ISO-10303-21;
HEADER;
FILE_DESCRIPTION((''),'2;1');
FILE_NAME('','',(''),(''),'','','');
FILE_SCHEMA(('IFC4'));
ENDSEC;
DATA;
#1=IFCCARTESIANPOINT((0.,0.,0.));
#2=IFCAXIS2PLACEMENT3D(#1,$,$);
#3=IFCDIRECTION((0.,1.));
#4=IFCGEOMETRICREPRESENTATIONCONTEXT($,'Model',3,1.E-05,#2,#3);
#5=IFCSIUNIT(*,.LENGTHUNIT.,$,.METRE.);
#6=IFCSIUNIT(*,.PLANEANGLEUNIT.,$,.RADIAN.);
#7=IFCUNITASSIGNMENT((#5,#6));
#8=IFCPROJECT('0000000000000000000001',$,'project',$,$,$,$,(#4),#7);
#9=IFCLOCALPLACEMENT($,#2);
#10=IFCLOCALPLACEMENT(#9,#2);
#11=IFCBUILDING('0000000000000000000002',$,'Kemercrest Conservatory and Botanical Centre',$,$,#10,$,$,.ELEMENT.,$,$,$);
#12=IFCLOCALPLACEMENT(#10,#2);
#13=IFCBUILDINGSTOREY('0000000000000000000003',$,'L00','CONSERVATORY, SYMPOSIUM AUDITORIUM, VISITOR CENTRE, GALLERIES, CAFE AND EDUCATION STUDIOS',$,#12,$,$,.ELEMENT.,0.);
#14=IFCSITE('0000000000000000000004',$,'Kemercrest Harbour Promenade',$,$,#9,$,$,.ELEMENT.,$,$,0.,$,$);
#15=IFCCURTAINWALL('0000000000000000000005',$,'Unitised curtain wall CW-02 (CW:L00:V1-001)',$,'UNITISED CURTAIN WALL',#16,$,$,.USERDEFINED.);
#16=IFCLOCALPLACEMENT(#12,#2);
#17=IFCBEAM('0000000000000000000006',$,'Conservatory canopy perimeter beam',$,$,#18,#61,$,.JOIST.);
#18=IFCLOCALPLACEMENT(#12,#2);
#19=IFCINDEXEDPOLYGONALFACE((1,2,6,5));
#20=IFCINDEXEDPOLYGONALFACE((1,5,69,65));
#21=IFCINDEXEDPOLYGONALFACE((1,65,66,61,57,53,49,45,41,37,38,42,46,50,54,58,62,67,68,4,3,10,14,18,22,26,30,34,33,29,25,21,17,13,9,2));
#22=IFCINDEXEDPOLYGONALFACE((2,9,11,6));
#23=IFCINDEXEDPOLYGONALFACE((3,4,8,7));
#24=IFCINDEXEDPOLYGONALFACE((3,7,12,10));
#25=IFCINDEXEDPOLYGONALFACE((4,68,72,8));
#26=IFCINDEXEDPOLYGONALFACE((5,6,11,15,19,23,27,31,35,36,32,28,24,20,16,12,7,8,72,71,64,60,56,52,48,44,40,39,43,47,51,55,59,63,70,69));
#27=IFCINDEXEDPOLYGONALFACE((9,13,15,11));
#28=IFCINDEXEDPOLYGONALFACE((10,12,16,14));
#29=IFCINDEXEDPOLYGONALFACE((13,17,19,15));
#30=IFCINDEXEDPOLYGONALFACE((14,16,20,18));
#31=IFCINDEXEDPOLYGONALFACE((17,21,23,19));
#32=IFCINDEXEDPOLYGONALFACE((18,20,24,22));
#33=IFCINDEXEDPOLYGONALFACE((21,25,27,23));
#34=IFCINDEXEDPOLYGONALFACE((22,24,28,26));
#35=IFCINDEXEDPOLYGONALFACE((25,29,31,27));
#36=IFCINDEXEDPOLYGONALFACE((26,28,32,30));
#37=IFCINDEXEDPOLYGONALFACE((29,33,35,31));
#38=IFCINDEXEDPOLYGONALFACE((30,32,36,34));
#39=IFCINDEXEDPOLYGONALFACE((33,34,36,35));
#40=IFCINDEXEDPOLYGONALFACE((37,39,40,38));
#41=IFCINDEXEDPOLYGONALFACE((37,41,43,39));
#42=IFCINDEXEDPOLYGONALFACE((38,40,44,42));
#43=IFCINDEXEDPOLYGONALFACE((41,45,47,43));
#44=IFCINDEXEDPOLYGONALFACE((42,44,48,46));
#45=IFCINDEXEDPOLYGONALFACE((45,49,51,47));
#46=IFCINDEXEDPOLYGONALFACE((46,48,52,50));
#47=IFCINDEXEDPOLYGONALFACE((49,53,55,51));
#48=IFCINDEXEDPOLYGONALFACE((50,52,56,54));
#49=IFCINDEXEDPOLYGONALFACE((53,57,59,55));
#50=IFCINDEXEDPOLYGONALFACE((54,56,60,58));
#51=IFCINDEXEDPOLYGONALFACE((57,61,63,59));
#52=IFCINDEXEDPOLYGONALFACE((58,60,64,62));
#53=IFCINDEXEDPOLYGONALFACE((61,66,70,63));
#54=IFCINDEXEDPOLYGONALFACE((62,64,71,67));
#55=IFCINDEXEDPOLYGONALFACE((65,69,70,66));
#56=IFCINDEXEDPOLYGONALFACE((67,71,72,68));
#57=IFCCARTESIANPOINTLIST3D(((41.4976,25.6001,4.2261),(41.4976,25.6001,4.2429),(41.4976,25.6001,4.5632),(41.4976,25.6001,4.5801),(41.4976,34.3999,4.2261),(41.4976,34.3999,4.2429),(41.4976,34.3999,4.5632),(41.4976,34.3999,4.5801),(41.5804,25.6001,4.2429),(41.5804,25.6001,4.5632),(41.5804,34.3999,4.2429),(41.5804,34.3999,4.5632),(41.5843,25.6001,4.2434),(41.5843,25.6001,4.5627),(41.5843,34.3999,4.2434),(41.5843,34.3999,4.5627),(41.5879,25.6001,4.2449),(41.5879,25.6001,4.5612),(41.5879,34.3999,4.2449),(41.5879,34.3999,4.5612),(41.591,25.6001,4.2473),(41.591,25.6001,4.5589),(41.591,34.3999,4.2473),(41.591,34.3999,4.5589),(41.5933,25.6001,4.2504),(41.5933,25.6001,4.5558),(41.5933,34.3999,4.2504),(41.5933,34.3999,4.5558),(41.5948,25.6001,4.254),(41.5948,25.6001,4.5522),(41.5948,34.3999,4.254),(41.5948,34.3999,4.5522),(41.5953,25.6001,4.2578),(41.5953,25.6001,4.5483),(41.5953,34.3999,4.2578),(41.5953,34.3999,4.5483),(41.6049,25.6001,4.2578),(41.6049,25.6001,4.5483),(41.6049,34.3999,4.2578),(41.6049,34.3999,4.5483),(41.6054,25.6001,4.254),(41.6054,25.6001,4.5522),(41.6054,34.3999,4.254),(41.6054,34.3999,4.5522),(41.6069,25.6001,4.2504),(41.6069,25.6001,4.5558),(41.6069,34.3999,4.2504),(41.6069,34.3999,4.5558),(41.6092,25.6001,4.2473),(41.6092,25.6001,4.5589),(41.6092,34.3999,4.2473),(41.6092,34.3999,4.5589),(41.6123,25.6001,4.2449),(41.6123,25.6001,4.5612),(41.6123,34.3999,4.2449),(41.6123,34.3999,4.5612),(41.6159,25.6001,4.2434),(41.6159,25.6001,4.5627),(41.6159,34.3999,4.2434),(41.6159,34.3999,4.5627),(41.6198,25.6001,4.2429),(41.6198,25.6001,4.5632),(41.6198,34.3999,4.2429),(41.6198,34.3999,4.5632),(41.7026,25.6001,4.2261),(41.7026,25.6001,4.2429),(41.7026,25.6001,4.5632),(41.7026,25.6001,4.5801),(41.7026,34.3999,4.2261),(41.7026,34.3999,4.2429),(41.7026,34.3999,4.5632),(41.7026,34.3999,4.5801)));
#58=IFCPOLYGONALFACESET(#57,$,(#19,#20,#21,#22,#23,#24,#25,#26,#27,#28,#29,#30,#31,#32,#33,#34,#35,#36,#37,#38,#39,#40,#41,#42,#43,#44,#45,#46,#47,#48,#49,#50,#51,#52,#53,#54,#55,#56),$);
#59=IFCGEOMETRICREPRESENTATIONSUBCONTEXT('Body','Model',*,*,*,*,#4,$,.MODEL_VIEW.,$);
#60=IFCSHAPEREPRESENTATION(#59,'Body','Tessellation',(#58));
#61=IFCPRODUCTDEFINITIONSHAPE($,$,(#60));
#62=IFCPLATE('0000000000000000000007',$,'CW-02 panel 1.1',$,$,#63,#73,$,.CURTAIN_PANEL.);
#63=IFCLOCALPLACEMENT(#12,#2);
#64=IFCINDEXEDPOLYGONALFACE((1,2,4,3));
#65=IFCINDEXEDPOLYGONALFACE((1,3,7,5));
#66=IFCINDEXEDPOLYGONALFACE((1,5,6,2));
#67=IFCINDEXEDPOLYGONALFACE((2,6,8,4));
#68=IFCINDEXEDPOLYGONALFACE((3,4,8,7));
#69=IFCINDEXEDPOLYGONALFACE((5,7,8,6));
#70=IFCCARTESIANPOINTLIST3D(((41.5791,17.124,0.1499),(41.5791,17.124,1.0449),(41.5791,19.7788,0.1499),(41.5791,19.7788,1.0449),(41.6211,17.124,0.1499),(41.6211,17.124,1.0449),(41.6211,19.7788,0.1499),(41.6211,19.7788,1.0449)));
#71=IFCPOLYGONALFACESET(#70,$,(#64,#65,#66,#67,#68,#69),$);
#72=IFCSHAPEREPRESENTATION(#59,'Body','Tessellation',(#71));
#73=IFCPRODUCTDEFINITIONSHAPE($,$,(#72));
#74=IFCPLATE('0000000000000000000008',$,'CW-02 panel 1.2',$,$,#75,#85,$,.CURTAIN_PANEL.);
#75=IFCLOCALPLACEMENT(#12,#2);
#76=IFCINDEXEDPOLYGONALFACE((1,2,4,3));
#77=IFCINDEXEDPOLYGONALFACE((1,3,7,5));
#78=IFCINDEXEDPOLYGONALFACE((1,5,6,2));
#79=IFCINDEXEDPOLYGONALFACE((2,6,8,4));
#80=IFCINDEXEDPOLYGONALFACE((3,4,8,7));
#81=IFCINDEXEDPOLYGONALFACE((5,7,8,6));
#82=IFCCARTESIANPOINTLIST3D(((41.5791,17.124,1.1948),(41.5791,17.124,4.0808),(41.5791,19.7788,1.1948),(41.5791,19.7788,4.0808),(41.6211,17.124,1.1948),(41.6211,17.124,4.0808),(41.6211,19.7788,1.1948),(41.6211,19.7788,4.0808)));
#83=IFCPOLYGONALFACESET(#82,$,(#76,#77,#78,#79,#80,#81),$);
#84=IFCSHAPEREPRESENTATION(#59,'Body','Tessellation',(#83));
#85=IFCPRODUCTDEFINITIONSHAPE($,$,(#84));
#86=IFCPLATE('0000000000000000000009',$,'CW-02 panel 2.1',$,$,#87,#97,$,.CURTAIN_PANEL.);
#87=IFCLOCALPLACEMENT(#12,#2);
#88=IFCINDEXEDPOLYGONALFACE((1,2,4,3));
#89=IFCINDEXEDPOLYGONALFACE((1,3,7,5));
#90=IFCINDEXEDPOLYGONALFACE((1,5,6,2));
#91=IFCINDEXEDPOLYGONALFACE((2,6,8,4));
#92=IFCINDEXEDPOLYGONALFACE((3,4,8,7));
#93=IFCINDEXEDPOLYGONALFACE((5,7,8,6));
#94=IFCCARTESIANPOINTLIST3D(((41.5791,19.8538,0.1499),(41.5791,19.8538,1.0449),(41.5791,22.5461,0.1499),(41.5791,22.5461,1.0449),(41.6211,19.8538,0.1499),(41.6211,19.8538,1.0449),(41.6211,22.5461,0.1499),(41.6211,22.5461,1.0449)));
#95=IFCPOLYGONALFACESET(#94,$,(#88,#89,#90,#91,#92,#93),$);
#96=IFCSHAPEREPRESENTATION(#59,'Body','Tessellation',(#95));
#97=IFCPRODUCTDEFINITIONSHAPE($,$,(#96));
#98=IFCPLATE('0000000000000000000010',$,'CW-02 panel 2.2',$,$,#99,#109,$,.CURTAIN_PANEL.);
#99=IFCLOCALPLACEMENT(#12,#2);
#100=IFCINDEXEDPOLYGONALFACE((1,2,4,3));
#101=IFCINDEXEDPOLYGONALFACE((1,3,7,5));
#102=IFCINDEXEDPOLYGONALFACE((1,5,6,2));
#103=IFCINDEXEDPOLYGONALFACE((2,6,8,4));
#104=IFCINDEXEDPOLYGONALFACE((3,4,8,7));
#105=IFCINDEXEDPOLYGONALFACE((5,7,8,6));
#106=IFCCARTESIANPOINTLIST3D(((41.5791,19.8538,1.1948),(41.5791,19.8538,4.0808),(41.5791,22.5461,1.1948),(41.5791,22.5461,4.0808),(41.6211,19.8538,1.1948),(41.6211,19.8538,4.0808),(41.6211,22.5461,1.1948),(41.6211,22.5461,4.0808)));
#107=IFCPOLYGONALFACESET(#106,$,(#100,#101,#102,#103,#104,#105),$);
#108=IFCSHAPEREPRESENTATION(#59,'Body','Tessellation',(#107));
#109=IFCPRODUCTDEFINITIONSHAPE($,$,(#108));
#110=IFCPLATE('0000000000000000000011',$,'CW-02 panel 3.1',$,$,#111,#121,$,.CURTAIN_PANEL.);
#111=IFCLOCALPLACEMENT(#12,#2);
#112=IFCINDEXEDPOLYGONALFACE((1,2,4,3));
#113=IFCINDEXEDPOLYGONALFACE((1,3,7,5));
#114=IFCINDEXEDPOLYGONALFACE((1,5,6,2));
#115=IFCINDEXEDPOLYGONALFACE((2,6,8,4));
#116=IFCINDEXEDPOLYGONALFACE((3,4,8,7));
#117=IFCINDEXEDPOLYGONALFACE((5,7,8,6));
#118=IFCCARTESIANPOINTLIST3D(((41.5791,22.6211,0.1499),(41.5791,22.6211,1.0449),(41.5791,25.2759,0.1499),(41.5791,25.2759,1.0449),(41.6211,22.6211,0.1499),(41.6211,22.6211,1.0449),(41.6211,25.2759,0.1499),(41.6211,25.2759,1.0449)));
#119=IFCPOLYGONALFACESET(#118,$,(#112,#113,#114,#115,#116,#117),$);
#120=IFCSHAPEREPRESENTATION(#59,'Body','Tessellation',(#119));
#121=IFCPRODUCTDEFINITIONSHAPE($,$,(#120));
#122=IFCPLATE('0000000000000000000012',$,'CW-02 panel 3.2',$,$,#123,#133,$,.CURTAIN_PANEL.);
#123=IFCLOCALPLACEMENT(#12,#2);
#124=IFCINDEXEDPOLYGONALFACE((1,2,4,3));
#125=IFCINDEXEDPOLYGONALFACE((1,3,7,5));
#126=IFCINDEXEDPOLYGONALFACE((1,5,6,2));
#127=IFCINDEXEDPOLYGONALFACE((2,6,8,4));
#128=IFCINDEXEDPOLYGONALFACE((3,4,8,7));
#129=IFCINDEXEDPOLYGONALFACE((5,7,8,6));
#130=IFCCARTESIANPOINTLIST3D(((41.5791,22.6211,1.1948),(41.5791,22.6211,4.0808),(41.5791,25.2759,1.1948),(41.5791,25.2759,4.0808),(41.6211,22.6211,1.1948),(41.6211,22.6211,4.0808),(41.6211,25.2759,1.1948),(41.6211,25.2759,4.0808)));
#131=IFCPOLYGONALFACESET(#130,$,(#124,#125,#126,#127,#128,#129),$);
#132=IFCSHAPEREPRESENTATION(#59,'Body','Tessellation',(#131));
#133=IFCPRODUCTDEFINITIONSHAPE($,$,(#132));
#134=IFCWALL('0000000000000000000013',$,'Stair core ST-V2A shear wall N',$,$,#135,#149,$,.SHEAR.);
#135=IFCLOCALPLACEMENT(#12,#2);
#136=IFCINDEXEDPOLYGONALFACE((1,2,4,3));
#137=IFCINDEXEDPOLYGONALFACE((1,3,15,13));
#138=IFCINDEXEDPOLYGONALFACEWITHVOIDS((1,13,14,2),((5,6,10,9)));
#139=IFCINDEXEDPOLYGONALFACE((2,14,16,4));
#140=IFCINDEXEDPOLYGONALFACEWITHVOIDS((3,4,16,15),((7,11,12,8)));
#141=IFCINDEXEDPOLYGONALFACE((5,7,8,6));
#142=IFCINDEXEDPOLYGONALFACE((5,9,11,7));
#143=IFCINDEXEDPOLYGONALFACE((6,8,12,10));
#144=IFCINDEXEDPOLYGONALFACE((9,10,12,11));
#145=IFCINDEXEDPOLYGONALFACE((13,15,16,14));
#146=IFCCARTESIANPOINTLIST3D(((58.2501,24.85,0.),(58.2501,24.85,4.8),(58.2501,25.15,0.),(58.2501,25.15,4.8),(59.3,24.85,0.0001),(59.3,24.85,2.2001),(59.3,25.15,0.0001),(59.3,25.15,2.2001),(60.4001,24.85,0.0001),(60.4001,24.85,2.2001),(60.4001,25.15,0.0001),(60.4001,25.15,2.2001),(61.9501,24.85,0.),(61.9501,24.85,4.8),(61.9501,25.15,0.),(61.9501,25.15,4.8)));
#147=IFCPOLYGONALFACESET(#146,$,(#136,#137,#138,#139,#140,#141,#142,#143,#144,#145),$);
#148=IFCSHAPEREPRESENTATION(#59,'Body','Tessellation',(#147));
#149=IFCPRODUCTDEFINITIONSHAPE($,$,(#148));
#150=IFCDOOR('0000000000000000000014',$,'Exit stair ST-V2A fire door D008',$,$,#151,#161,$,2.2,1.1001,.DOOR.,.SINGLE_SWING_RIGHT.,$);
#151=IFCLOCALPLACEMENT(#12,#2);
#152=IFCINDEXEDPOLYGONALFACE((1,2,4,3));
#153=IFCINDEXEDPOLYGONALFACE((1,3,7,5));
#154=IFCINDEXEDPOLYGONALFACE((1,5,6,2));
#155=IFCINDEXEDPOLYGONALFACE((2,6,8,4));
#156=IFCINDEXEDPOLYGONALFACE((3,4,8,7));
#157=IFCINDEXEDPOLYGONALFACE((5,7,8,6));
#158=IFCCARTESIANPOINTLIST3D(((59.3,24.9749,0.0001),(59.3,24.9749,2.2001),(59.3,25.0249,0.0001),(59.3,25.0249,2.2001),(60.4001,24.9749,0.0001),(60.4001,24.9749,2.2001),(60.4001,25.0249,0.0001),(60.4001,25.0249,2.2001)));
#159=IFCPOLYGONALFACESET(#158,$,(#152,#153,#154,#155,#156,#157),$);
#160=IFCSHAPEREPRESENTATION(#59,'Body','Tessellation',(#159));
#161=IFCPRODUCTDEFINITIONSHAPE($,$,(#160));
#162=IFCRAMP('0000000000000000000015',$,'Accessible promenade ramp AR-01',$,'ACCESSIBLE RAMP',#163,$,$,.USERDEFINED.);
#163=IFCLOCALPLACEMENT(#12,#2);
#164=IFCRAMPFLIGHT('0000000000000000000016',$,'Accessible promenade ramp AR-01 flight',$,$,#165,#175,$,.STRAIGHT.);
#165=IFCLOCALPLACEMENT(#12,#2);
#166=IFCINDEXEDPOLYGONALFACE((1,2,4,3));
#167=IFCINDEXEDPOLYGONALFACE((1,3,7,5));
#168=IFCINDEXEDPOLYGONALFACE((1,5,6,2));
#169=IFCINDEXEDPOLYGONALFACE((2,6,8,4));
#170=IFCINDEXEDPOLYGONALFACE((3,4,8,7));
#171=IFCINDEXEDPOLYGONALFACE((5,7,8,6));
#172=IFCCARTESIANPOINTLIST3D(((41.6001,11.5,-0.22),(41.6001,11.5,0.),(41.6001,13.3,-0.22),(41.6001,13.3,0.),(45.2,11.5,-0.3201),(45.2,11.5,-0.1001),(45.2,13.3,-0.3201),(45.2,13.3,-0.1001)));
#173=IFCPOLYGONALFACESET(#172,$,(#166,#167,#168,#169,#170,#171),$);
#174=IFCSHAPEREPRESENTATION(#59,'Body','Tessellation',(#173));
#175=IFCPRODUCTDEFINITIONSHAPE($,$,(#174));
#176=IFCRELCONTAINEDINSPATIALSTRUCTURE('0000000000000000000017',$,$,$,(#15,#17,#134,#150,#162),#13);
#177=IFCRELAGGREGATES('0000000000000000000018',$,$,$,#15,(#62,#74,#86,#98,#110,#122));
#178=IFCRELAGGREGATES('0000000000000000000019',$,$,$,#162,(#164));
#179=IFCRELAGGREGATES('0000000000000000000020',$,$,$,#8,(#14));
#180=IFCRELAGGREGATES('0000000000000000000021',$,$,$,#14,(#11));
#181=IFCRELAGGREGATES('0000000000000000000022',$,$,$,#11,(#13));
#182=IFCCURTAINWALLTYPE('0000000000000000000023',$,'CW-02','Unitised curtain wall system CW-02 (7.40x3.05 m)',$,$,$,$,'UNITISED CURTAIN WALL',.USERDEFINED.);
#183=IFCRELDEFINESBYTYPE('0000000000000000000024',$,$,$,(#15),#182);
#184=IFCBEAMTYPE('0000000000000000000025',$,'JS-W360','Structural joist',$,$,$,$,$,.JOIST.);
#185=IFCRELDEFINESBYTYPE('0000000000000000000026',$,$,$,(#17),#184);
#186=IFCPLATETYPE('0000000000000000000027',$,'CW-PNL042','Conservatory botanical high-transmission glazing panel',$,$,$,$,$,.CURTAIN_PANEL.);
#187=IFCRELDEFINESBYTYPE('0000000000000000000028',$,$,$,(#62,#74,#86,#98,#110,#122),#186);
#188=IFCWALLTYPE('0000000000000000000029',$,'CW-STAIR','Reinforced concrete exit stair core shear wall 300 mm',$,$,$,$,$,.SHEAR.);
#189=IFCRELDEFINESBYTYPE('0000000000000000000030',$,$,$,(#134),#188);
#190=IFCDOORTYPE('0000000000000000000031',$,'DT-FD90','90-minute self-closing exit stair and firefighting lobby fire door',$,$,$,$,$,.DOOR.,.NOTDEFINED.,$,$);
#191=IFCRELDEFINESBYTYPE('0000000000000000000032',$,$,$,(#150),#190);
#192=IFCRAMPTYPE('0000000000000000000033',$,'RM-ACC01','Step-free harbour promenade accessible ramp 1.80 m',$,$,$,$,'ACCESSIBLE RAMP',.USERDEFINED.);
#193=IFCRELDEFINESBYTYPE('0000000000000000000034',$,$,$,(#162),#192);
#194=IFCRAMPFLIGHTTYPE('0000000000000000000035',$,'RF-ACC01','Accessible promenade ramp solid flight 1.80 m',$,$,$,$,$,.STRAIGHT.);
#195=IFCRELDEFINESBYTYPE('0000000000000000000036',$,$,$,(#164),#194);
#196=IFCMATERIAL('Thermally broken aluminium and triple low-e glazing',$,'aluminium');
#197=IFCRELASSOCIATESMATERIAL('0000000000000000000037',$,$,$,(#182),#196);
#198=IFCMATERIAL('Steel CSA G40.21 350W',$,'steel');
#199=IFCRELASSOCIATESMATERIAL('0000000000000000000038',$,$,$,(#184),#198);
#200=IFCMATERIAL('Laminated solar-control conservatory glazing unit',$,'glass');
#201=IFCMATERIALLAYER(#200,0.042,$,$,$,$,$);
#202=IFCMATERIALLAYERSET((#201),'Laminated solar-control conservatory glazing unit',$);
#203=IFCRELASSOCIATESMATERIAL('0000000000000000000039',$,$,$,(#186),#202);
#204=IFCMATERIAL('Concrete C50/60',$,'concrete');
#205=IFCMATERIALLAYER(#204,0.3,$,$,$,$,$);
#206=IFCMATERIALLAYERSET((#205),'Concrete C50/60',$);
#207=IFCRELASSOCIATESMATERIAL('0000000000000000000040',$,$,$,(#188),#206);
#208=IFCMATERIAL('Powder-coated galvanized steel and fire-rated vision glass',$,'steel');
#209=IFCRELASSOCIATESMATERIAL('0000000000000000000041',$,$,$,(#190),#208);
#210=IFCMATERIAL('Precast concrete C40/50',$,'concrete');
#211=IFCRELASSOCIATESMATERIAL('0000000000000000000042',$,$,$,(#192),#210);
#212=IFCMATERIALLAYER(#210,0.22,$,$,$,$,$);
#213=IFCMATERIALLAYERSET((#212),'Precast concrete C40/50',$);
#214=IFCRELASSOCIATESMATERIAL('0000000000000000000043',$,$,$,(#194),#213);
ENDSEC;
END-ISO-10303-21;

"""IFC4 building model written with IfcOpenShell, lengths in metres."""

from ifc_helpers import new_model, si_unit, direction, frame, frame_2d, origin, origin_2d, place, context, subcontext, project, spatial, polyline, rectangle, i_section, outline, extrude, material, layer, layer_set, material_profile, profile_set, type_object, element, fill, aggregate, save


model = new_model("IFC4")

# Units and contexts
model_context = context("Model", 3, precision=1e-05, world=origin(), true_north=direction((0.0, 1.0)))
body_context = subcontext(model_context, "Body", "Model", "MODEL_VIEW")
ifc_project = project(units=[si_unit("LENGTHUNIT", "METRE"), si_unit("PLANEANGLEUNIT", "RADIAN")], contexts=[model_context])

# Site, building, storey
site_placement = place(None, origin())
site = spatial("IfcSite", under=ifc_project, at=site_placement, Name="Kemercrest Harbour Promenade", CompositionType="ELEMENT", RefElevation=0.0)
building_placement = place(site_placement, origin())
building = spatial("IfcBuilding", under=site, at=building_placement, Name="Kemercrest Conservatory and Botanical Centre", CompositionType="ELEMENT")
storey_placement = place(building_placement, origin())
storey = spatial("IfcBuildingStorey", under=building, at=storey_placement, Name="L00", Description="CONSERVATORY, SYMPOSIUM AUDITORIUM, VISITOR CENTRE, GALLERIES, CAFE AND EDUCATION STUDIOS", CompositionType="ELEMENT", Elevation=0.0)

# Shared definitions
ifc_material_1 = material(Name="Steel CSA G40.21 350W", Category="steel")

# Curtain wall
ifc_material_2 = material(Name="Thermally broken aluminium and triple low-e glazing", Category="aluminium")
curtain_wall_type = type_object("IfcCurtainWallType", Name="CW-02", Description="Unitised curtain wall system CW-02 (7.40x3.05 m)", ElementType="UNITISED CURTAIN WALL", PredefinedType="USERDEFINED", material=ifc_material_2)
curtain_wall_placement = place(storey_placement, origin())
curtain_wall = element("IfcCurtainWall", 1, at=curtain_wall_placement, inside=storey, type_object=curtain_wall_type, Name="Unitised curtain wall CW-02 (CW:L00:V1-001)", ObjectType="UNITISED CURTAIN WALL", PredefinedType="USERDEFINED")

# Beam
ifc_material_profile_1 = material_profile(ifc_material_1, i_section(OverallWidth=0.2051, OverallDepth=0.354, WebThickness=0.0095, FlangeThickness=0.0168, FilletRadius=0.0149, at=origin_2d()), Name="W360X79")
ifc_profile_set_1 = profile_set([ifc_material_profile_1], Name="Steel CSA G40.21 350W")
beam_type = type_object("IfcBeamType", Name="JS-W360", Description="Structural joist", PredefinedType="JOIST", material=ifc_profile_set_1)
beam_placement = place(storey_placement, frame((41.6001, 25.6001, 4.4031), z_axis=(0.0, 1.0, 0.0), x_axis=(-1.0, 0.0, 0.0)))
element("IfcBeam", 2, at=beam_placement, inside=storey, type_object=beam_type, Name="Conservatory canopy perimeter beam", PredefinedType="JOIST", context=body_context, shape_type="SweptSolid", body=[
    extrude(i_section(OverallWidth=0.2051, OverallDepth=0.354, WebThickness=0.0095, FlangeThickness=0.0168, FilletRadius=0.0149, at=origin_2d()), origin(), (0.0, 0.0, 1.0), 8.7998),
])

# Plates
ifc_material_3 = material(Name="Laminated solar-control conservatory glazing unit", Category="glass")
ifc_layer_1 = layer(ifc_material_3, 0.042)
ifc_layer_set_1 = layer_set([ifc_layer_1], Name="Laminated solar-control conservatory glazing unit")
plate_type = type_object("IfcPlateType", Name="CW-PNL042", Description="Conservatory botanical high-transmission glazing panel", PredefinedType="CURTAIN_PANEL", material=ifc_layer_set_1)
plate_1_placement = place(storey_placement, frame((41.6001, 18.4514, 0.1499), z_axis=(0.0, 0.0, 1.0), x_axis=(0.0, 1.0, 0.0)))
plate_1 = element("IfcPlate", 3, at=plate_1_placement, type_object=plate_type, Name="CW-02 panel 1.1", PredefinedType="CURTAIN_PANEL", context=body_context, shape_type="SweptSolid", body=[
    extrude(rectangle(XDim=2.6548, YDim=0.042, at=origin_2d()), origin(), (0.0, 0.0, 1.0), 0.895),
])
plate_2_placement = place(storey_placement, frame((41.6001, 18.4514, 1.1948), z_axis=(0.0, 0.0, 1.0), x_axis=(0.0, 1.0, 0.0)))
plate_2 = element("IfcPlate", 4, at=plate_2_placement, type_object=plate_type, Name="CW-02 panel 1.2", PredefinedType="CURTAIN_PANEL", context=body_context, shape_type="SweptSolid", body=[
    extrude(rectangle(XDim=2.6548, YDim=0.042, at=origin_2d()), origin(), (0.0, 0.0, 1.0), 2.886),
])
plate_3_placement = place(storey_placement, frame((41.6001, 21.2, 0.1499), z_axis=(0.0, 0.0, 1.0), x_axis=(0.0, 1.0, 0.0)))
plate_3 = element("IfcPlate", 5, at=plate_3_placement, type_object=plate_type, Name="CW-02 panel 2.1", PredefinedType="CURTAIN_PANEL", context=body_context, shape_type="SweptSolid", body=[
    extrude(rectangle(XDim=2.6924, YDim=0.042, at=origin_2d()), origin(), (0.0, 0.0, 1.0), 0.895),
])
plate_4_placement = place(storey_placement, frame((41.6001, 21.2, 1.1948), z_axis=(0.0, 0.0, 1.0), x_axis=(0.0, 1.0, 0.0)))
plate_4 = element("IfcPlate", 6, at=plate_4_placement, type_object=plate_type, Name="CW-02 panel 2.2", PredefinedType="CURTAIN_PANEL", context=body_context, shape_type="SweptSolid", body=[
    extrude(rectangle(XDim=2.6924, YDim=0.042, at=origin_2d()), origin(), (0.0, 0.0, 1.0), 2.886),
])
plate_5_placement = place(storey_placement, frame((41.6001, 23.9485, 0.1499), z_axis=(0.0, 0.0, 1.0), x_axis=(0.0, 1.0, 0.0)))
plate_5 = element("IfcPlate", 7, at=plate_5_placement, type_object=plate_type, Name="CW-02 panel 3.1", PredefinedType="CURTAIN_PANEL", context=body_context, shape_type="SweptSolid", body=[
    extrude(rectangle(XDim=2.6548, YDim=0.042, at=origin_2d()), origin(), (0.0, 0.0, 1.0), 0.895),
])
plate_6_placement = place(storey_placement, frame((41.6001, 23.9485, 1.1948), z_axis=(0.0, 0.0, 1.0), x_axis=(0.0, 1.0, 0.0)))
plate_6 = element("IfcPlate", 8, at=plate_6_placement, type_object=plate_type, Name="CW-02 panel 3.2", PredefinedType="CURTAIN_PANEL", context=body_context, shape_type="SweptSolid", body=[
    extrude(rectangle(XDim=2.6548, YDim=0.042, at=origin_2d()), origin(), (0.0, 0.0, 1.0), 2.886),
])
aggregate(curtain_wall, [plate_1, plate_2, plate_3, plate_4, plate_5, plate_6])

# Wall, opening, door
ifc_material_4 = material(Name="Concrete C50/60", Category="concrete")
ifc_layer_2 = layer(ifc_material_4, 0.3)
ifc_layer_set_2 = layer_set([ifc_layer_2], Name="Concrete C50/60")
wall_type = type_object("IfcWallType", Name="CW-STAIR", Description="Reinforced concrete exit stair core shear wall 300 mm", PredefinedType="SHEAR", material=ifc_layer_set_2)
wall_placement = place(storey_placement, frame((58.25, 25.0, 0.0), z_axis=(0.0, 0.0, 1.0), x_axis=(1.0, 0.0, 0.0)))
wall = element("IfcWall", 9, at=wall_placement, inside=storey, type_object=wall_type, Name="Stair core ST-V2A shear wall N", PredefinedType="SHEAR", context=body_context, shape_type="SweptSolid", body=[
    extrude(rectangle(XDim=3.7, YDim=0.3, at=frame_2d((1.8501, 0.0))), origin(), (0.0, 0.0, 1.0), 4.8),
])
opening_placement = place(wall_placement, frame((1.05, 0.0, 0.0)))
opening = element("IfcOpeningElement", 10, at=opening_placement, cuts=wall, PredefinedType="OPENING", context=body_context, shape_type="SweptSolid", body=[
    extrude(rectangle(XDim=1.1001, YDim=2.2, at=frame_2d((0.55, 1.1001))), frame((0.0, 0.1602, 0.0), z_axis=(0.0, -1.0, 0.0), x_axis=(1.0, 0.0, 0.0)), (0.0, 0.0, 1.0), 0.3201),
])
ifc_material_5 = material(Name="Powder-coated galvanized steel and fire-rated vision glass", Category="steel")
door_type = type_object("IfcDoorType", Name="DT-FD90", Description="90-minute self-closing exit stair and firefighting lobby fire door", OperationType="NOTDEFINED", PredefinedType="DOOR", material=ifc_material_5)
door_placement = place(opening_placement, origin())
door = element("IfcDoor", 11, at=door_placement, inside=storey, type_object=door_type, Name="Exit stair ST-V2A fire door D008", OperationType="SINGLE_SWING_RIGHT", OverallHeight=2.2, OverallWidth=1.1001, PredefinedType="DOOR", context=body_context, shape_type="SweptSolid", body=[
    extrude(rectangle(XDim=1.1001, YDim=2.2, at=frame_2d((0.55, 1.1001))), frame((0.0, 0.0249, 0.0), z_axis=(0.0, -1.0, 0.0), x_axis=(1.0, 0.0, 0.0)), (0.0, 0.0, 1.0), 0.05),
])
fill(opening, door)

# Ramp, ramp flight
ifc_material_6 = material(Name="Precast concrete C40/50", Category="concrete")
ramp_type_1 = type_object("IfcRampType", Name="RM-ACC01", Description="Step-free harbour promenade accessible ramp 1.80 m", ElementType="ACCESSIBLE RAMP", PredefinedType="USERDEFINED", material=ifc_material_6)
ramp_1_placement = place(storey_placement, origin())
ramp_1 = element("IfcRamp", 12, at=ramp_1_placement, inside=storey, type_object=ramp_type_1, Name="Accessible promenade ramp AR-01", ObjectType="ACCESSIBLE RAMP", PredefinedType="USERDEFINED")
ifc_layer_3 = layer(ifc_material_6, 0.22)
ifc_layer_set_3 = layer_set([ifc_layer_3], Name="Precast concrete C40/50")
ramp_flight_type_1 = type_object("IfcRampFlightType", Name="RF-ACC01", Description="Accessible promenade ramp solid flight 1.80 m", PredefinedType="STRAIGHT", material=ifc_layer_set_3)
ramp_flight_1_placement = place(storey_placement, frame((45.2, 12.3999, -0.1001), z_axis=(0.0, 0.0, 1.0), x_axis=(-1.0, 0.0, 0.0)))
ramp_flight_1 = element("IfcRampFlight", 13, at=ramp_flight_1_placement, type_object=ramp_flight_type_1, Name="Accessible promenade ramp AR-01 flight", PredefinedType="STRAIGHT", context=body_context, shape_type="SweptSolid", body=[
    extrude(outline(polyline([(0.0, 0.0), (3.5999, 0.1001), (3.5999, -0.1199), (0.0, -0.22), (0.0, 0.0)])), frame((0.0, 0.8999, 0.0), z_axis=(0.0, -1.0, 0.0), x_axis=(1.0, 0.0, 0.0)), (0.0, 0.0, 1.0), 1.8),
])
aggregate(ramp_1, [ramp_flight_1])

save(model, "model.ifc")
